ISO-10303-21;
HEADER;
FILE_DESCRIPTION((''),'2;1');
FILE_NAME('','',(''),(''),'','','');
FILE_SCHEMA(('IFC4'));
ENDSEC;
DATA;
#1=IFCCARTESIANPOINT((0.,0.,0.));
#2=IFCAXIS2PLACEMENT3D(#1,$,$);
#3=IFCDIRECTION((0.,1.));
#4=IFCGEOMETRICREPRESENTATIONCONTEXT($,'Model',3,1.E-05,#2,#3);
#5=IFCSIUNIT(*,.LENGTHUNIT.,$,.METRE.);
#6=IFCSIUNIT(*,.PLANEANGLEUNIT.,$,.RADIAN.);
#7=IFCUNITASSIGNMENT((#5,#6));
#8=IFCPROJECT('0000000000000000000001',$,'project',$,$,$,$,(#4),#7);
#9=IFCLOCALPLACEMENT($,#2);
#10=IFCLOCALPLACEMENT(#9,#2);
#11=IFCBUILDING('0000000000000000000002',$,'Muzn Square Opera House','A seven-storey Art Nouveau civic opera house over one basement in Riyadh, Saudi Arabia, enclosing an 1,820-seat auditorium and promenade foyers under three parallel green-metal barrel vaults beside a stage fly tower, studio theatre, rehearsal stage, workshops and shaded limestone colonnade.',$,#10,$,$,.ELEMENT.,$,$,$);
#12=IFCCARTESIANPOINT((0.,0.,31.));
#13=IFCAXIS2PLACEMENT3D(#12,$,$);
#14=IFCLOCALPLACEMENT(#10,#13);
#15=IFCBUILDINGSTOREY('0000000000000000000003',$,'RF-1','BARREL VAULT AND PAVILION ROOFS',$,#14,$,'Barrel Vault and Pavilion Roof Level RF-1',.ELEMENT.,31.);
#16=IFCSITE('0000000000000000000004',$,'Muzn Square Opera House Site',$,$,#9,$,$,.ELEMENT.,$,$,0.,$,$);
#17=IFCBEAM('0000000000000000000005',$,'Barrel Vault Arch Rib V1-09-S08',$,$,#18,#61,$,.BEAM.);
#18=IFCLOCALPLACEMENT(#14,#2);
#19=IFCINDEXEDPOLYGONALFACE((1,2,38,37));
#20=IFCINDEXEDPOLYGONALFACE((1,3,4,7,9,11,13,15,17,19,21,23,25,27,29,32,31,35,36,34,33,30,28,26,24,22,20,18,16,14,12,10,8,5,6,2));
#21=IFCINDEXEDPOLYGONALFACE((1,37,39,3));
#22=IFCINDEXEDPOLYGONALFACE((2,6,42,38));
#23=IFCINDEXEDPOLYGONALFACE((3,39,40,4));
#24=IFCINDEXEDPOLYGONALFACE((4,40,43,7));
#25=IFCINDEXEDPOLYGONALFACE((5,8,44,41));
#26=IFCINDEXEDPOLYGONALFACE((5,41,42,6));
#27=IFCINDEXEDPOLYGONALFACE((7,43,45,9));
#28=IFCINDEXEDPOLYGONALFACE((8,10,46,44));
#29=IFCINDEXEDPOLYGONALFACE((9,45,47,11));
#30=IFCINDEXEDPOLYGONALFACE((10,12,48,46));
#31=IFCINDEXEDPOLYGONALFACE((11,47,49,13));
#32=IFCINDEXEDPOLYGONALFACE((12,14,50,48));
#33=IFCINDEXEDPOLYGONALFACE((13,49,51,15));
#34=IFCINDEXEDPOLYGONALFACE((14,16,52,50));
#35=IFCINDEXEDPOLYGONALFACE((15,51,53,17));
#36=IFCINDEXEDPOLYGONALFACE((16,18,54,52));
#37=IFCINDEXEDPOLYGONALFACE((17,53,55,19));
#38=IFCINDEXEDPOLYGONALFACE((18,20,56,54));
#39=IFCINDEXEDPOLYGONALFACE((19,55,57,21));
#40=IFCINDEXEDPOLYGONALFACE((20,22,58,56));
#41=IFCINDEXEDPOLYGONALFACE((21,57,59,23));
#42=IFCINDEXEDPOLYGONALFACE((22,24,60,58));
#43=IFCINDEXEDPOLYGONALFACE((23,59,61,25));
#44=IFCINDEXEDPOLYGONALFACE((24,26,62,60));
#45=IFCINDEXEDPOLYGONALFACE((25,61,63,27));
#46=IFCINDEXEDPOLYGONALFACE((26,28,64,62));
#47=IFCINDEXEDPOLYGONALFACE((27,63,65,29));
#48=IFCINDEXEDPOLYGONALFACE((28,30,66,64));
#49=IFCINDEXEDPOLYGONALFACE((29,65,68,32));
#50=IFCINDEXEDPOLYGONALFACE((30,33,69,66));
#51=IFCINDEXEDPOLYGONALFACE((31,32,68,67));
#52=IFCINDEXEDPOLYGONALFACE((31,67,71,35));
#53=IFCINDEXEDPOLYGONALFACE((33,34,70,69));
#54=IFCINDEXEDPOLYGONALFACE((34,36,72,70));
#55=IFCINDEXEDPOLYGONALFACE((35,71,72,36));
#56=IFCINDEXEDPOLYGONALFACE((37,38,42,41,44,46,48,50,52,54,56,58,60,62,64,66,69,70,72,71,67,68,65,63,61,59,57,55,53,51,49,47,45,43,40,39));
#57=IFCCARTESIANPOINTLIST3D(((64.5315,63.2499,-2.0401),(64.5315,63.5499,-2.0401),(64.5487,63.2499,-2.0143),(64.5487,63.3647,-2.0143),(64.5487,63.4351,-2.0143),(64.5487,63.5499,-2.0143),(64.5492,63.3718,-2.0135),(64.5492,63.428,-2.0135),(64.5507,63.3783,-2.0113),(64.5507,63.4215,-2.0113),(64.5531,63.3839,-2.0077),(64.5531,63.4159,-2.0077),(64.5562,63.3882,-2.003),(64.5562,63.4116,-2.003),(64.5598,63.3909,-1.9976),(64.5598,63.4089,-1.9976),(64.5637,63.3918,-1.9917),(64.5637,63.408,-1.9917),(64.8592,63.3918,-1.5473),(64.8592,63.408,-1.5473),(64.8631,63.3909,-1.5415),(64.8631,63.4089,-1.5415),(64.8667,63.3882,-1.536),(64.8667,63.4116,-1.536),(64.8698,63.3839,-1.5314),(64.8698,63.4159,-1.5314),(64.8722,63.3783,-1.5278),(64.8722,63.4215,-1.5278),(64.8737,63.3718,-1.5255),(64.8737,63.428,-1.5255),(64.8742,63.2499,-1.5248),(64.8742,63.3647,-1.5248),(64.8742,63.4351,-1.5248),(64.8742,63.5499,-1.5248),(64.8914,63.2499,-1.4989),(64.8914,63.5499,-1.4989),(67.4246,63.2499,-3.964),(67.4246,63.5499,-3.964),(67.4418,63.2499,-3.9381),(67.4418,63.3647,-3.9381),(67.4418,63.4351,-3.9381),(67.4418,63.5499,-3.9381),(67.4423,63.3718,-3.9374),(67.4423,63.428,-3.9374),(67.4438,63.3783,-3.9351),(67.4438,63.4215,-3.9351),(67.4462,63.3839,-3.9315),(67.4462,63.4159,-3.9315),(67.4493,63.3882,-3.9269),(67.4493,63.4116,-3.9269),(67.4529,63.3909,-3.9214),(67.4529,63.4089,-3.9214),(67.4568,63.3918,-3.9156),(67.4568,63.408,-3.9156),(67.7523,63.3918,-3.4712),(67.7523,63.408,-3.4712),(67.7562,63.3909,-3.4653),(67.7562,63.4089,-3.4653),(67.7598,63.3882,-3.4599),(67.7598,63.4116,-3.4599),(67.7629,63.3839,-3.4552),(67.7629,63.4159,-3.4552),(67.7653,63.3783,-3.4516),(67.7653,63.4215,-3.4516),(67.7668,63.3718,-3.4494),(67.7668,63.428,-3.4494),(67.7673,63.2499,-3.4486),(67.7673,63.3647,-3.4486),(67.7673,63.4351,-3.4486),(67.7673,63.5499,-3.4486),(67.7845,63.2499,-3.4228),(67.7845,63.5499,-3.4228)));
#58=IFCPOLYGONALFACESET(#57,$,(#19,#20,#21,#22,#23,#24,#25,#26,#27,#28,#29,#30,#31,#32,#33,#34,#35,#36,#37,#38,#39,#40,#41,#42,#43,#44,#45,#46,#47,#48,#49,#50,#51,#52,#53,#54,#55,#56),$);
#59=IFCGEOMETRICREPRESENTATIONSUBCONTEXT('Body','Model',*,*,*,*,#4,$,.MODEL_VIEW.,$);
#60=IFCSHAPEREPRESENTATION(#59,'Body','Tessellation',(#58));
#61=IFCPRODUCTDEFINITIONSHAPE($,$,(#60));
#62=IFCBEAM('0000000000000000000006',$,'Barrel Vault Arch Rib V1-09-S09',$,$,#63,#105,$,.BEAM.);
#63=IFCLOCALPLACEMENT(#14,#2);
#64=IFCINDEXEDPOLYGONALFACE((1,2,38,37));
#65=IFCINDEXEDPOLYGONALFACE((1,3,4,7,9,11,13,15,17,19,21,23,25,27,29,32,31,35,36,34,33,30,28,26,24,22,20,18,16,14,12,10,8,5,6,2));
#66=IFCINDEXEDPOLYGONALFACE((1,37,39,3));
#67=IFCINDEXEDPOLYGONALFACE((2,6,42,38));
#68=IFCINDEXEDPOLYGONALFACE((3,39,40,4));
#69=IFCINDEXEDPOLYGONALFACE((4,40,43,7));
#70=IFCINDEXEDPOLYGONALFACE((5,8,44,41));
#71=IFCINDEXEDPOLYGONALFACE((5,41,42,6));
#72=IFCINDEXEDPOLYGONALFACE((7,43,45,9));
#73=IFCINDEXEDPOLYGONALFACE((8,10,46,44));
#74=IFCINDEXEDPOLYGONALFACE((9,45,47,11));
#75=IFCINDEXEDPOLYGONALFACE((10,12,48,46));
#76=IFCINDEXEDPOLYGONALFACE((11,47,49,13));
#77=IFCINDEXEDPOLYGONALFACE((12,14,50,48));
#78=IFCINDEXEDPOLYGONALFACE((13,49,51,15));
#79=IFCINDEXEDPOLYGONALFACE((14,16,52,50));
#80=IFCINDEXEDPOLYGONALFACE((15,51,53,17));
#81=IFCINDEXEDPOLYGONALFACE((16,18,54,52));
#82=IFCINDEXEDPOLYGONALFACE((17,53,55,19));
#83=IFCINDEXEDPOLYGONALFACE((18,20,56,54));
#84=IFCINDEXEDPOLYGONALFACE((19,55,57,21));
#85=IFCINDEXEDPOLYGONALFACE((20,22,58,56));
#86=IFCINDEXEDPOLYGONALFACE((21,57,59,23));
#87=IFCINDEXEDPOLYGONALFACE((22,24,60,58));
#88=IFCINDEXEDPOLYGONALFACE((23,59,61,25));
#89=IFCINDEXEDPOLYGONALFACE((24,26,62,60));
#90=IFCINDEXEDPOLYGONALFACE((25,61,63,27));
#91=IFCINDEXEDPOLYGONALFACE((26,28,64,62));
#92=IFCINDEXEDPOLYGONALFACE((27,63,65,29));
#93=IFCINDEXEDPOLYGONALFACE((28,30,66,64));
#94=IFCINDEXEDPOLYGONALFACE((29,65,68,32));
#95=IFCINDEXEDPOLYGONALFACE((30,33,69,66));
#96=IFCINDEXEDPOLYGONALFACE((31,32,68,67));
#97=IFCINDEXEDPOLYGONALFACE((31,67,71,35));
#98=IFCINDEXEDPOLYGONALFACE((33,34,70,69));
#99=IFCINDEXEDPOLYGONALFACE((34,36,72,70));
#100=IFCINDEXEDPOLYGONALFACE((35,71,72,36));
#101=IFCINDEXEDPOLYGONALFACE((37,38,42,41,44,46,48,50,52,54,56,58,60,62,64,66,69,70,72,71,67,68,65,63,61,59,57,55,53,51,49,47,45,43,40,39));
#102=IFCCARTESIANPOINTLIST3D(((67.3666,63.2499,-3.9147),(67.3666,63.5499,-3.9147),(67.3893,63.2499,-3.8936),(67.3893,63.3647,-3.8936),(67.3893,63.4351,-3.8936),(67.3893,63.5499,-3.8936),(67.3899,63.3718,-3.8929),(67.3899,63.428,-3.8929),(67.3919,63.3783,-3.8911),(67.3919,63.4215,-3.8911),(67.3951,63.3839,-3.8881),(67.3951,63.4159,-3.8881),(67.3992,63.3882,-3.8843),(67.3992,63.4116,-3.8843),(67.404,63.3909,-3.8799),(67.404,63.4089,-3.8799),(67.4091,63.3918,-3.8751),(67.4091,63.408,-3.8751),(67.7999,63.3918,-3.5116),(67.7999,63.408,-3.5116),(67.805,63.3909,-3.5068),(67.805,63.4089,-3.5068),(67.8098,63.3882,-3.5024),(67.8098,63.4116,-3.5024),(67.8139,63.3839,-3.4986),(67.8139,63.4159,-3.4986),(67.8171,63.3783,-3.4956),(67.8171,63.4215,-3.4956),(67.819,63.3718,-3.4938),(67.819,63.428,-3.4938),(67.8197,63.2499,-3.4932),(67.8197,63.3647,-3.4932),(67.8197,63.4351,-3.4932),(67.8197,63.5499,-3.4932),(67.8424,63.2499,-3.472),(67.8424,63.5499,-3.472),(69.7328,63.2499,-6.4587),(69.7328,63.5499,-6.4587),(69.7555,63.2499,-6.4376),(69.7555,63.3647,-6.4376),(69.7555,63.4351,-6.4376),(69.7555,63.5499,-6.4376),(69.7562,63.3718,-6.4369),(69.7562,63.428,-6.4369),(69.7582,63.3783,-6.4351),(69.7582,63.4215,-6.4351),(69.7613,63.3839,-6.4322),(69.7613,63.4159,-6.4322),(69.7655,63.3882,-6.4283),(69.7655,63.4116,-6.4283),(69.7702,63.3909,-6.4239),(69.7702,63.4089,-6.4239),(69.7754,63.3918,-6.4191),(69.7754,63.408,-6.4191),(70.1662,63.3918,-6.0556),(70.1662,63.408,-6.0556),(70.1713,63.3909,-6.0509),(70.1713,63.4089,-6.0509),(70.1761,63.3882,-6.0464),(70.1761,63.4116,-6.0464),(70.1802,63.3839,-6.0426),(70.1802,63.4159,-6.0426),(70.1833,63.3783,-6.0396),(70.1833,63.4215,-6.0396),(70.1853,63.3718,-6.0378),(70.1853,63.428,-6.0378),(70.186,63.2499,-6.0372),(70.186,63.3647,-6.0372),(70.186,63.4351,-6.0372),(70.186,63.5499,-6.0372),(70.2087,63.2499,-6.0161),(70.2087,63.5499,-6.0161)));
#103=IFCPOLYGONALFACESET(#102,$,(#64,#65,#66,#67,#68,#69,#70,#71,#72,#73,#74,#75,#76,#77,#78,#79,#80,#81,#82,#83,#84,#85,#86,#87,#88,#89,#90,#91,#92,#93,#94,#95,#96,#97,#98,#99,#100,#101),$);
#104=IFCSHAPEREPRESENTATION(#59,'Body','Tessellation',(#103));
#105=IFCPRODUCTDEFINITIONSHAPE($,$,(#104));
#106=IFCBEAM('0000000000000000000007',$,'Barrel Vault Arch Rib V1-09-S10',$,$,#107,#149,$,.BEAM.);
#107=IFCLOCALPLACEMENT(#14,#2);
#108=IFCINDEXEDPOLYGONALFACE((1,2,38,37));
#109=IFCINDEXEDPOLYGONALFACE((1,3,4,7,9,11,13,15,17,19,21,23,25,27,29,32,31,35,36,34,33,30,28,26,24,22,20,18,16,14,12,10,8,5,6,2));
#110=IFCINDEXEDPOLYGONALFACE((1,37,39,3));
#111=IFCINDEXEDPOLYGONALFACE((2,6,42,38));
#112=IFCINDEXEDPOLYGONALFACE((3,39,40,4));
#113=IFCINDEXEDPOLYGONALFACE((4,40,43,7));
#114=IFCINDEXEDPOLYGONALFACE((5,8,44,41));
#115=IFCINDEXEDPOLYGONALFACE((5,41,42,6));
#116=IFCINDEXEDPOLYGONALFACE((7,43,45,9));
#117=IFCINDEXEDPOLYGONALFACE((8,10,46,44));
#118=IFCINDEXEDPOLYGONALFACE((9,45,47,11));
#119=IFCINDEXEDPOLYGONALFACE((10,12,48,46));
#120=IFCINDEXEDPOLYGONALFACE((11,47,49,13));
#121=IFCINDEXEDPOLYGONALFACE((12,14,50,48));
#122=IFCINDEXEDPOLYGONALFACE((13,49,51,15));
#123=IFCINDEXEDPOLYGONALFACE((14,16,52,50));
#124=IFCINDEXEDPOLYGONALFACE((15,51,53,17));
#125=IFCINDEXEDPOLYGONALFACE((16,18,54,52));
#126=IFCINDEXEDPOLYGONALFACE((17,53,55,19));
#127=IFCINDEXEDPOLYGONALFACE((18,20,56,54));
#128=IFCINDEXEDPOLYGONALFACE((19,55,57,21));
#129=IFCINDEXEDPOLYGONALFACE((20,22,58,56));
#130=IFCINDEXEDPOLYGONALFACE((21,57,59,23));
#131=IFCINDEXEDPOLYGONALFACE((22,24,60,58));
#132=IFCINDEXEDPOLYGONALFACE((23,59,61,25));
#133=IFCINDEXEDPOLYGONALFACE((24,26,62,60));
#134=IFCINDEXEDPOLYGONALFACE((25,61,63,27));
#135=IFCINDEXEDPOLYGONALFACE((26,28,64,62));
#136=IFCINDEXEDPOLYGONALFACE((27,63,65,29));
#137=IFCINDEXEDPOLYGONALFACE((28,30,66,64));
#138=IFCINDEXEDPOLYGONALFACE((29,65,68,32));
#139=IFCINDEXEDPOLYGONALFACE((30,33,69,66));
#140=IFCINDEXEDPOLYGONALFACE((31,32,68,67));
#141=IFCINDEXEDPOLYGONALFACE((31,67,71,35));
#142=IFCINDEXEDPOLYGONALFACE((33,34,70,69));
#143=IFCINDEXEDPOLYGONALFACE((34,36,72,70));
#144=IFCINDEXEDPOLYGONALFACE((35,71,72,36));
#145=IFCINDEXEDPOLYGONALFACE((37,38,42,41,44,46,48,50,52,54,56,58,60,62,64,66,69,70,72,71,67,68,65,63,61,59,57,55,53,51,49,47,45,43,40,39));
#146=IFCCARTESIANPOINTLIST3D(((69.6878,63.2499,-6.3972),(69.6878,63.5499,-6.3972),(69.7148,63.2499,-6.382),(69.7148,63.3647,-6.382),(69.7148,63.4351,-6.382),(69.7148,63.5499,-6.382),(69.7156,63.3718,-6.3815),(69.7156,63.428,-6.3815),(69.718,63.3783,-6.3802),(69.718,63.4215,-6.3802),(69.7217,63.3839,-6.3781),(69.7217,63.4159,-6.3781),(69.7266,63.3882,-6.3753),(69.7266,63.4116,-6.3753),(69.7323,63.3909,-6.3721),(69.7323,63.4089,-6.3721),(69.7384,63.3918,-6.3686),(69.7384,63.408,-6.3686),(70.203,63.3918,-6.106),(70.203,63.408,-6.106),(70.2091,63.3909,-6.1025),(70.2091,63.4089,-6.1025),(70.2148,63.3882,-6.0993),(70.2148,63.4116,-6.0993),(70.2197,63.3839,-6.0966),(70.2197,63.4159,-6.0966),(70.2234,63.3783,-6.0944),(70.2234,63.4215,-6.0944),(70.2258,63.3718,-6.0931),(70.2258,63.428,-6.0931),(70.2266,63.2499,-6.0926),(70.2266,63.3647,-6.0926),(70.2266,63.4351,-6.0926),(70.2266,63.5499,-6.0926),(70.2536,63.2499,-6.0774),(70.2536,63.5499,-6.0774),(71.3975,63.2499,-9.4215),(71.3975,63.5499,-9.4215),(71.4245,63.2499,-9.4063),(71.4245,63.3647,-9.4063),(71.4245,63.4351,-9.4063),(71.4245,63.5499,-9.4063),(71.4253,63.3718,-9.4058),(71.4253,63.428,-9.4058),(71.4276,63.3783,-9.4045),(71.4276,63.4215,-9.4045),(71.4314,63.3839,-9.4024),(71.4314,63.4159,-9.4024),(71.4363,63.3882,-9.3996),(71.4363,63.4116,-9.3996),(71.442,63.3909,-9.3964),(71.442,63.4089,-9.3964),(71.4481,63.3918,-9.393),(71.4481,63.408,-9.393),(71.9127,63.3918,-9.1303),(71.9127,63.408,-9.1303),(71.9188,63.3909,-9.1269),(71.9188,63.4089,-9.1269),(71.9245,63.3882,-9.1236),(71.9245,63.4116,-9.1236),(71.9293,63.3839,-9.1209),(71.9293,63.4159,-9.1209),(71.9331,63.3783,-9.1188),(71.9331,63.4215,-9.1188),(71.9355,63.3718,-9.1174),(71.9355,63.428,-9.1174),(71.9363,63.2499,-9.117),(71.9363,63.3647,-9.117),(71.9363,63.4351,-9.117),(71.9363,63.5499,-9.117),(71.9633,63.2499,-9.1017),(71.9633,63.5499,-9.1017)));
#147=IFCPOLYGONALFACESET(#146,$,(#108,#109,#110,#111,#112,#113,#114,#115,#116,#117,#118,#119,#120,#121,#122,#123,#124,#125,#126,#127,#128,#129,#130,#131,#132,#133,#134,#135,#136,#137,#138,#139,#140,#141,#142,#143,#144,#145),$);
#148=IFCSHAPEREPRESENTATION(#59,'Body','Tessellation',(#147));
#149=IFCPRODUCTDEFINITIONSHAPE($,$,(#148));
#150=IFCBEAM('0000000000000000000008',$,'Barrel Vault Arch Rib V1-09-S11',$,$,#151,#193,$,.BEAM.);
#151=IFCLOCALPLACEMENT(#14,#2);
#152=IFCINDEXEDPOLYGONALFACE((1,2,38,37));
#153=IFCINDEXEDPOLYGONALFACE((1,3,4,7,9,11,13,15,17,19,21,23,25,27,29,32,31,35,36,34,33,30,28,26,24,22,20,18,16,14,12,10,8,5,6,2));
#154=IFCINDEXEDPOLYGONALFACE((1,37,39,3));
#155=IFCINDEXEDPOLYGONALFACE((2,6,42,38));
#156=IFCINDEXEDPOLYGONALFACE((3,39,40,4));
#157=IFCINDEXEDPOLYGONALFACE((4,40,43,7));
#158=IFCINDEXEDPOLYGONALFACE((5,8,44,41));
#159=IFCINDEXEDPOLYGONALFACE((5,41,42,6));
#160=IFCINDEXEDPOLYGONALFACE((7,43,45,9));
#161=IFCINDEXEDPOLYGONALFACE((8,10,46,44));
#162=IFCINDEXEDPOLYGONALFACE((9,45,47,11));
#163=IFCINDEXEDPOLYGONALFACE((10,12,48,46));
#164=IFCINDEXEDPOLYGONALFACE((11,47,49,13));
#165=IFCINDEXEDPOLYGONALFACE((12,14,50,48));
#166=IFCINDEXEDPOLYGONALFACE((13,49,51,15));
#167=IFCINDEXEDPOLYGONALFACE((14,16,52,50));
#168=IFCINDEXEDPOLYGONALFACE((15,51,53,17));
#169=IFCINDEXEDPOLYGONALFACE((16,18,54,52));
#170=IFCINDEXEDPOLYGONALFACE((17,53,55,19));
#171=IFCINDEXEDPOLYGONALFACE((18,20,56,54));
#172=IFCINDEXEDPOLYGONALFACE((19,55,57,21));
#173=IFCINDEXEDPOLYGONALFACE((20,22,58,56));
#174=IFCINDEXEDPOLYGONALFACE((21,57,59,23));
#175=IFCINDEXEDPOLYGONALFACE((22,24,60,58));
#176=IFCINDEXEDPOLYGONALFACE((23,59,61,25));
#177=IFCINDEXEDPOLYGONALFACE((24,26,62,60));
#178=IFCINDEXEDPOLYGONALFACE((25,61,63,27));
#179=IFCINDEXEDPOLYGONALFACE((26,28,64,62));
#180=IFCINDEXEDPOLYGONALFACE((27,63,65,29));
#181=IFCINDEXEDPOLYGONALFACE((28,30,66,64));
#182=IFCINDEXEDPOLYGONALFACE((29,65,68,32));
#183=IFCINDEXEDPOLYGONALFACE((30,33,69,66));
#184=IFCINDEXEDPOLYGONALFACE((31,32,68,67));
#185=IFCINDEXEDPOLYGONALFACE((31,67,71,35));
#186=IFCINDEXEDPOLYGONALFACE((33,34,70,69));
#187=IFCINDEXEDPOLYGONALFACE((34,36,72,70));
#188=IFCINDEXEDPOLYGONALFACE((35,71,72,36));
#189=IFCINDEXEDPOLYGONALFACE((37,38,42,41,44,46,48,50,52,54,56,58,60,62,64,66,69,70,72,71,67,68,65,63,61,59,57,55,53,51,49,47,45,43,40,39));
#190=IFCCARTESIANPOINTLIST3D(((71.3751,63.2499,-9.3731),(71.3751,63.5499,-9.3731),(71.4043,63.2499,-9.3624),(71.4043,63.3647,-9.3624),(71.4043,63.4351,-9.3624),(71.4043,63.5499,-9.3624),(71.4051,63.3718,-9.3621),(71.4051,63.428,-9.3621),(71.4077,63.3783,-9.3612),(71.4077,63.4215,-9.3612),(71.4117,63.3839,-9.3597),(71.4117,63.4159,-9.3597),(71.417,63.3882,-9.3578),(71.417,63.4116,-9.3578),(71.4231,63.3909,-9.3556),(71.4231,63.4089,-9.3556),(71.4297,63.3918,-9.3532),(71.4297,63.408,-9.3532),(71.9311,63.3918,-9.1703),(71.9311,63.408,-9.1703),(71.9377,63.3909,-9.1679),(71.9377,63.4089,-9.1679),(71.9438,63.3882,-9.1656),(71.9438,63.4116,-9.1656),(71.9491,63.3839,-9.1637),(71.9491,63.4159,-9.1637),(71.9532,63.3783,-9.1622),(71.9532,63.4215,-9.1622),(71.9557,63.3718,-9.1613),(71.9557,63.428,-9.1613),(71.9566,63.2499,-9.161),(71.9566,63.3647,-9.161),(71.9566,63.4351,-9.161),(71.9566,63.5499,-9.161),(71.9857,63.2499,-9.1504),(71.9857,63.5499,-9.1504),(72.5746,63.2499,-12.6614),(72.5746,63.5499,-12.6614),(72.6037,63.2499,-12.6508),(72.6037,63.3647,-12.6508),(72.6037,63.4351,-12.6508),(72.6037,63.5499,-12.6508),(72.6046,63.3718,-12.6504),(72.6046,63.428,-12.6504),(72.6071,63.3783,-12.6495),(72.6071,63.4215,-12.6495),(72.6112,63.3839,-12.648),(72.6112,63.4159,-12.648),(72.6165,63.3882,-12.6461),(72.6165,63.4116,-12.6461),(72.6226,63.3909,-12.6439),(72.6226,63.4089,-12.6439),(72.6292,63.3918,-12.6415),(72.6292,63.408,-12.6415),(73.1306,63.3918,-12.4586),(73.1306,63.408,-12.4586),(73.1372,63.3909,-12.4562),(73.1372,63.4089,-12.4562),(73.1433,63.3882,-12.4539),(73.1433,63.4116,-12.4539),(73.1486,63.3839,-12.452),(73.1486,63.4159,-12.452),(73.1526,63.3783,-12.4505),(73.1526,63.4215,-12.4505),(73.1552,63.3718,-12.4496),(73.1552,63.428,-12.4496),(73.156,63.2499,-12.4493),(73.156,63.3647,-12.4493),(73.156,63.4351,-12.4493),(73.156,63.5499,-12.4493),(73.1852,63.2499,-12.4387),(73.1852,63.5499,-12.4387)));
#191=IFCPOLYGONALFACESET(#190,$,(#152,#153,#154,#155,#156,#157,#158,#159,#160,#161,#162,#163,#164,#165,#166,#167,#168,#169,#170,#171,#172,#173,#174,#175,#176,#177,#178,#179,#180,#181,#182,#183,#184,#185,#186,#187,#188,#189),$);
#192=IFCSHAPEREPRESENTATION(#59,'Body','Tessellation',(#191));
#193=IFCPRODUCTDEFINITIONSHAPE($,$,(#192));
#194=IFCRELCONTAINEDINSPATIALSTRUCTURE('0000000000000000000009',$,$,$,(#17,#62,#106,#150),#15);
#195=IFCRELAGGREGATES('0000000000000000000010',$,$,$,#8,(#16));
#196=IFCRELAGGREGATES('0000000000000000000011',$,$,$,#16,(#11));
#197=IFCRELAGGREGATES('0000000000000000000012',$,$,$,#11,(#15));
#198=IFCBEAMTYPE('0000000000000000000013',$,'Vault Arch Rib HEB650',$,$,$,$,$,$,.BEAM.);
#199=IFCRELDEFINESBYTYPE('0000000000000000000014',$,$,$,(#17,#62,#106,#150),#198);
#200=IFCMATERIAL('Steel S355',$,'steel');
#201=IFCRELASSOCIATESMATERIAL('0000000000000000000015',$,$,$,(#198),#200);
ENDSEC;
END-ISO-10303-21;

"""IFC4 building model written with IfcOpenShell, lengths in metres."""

from ifc_helpers import new_model, si_unit, direction, frame, origin, origin_2d, place, context, subcontext, project, spatial, i_section, extrude, material, material_profile, profile_set, type_object, element, save


model = new_model("IFC4")

# Units and contexts
model_context = context("Model", 3, precision=1e-05, world=origin(), true_north=direction((0.0, 1.0)))
body_context = subcontext(model_context, "Body", "Model", "MODEL_VIEW")
ifc_project = project(units=[si_unit("LENGTHUNIT", "METRE"), si_unit("PLANEANGLEUNIT", "RADIAN")], contexts=[model_context])

# Site, building, storey
site_placement = place(None, origin())
site = spatial("IfcSite", under=ifc_project, at=site_placement, Name="Muzn Square Opera House Site", CompositionType="ELEMENT", RefElevation=0.0)
building_placement = place(site_placement, origin())
building = spatial("IfcBuilding", under=site, at=building_placement, Name="Muzn Square Opera House", Description="A seven-storey Art Nouveau civic opera house over one basement in Riyadh, Saudi Arabia, enclosing an 1,820-seat auditorium and promenade foyers under three parallel green-metal barrel vaults beside a stage fly tower, studio theatre, rehearsal stage, workshops and shaded limestone colonnade.", CompositionType="ELEMENT")
storey_placement = place(building_placement, frame((0.0, 0.0, 31.0)))
storey = spatial("IfcBuildingStorey", under=building, at=storey_placement, Name="RF-1", Description="BARREL VAULT AND PAVILION ROOFS", LongName="Barrel Vault and Pavilion Roof Level RF-1", CompositionType="ELEMENT", Elevation=31.0)

# Beams
ifc_material_1 = material(Name="Steel S355", Category="steel")
ifc_material_profile_1 = material_profile(ifc_material_1, i_section(OverallWidth=0.3, OverallDepth=0.6499, WebThickness=0.0161, FlangeThickness=0.031, FilletRadius=0.0271, at=origin_2d()), Name="HEB 650", Category="steel")
ifc_profile_set_1 = profile_set([ifc_material_profile_1], Name="Steel S355")
beam_type_1 = type_object("IfcBeamType", Name="Vault Arch Rib HEB650", PredefinedType="BEAM", material=ifc_profile_set_1)
for number, where, z_axis, x_axis, name in (
    (1, (64.7114, 63.3999, -1.7695), (0.832698, 0.0, -0.553727), (0.0, 1.0, 0.0), "Barrel Vault Arch Rib V1-09-S08"),
    (2, (67.6045, 63.3999, -3.6934), (0.681065, 0.0, -0.732223), (0.0, 1.0, 0.0), "Barrel Vault Arch Rib V1-09-S09"),
):
    element("IfcBeam", number, at=place(storey_placement, frame(where, z_axis=z_axis, x_axis=x_axis)), inside=storey, type_object=beam_type_1, Name=name, PredefinedType="BEAM", context=body_context, shape_type="SweptSolid", body=[
        extrude(i_section(OverallWidth=0.3, OverallDepth=0.6499, WebThickness=0.0161, FlangeThickness=0.031, FilletRadius=0.0271, at=origin_2d()), origin(), (0.0, 0.0, 1.0), 3.4744),
    ])
beam_1_placement = place(storey_placement, frame((69.9707, 63.3999, -6.2373), z_axis=(0.492115, 0.0, -0.87053), x_axis=(0.0, 1.0, 0.0)))
element("IfcBeam", 3, at=beam_1_placement, inside=storey, type_object=beam_type_1, Name="Barrel Vault Arch Rib V1-09-S10", PredefinedType="BEAM", context=body_context, shape_type="SweptSolid", body=[
    extrude(i_section(OverallWidth=0.3, OverallDepth=0.6499, WebThickness=0.0161, FlangeThickness=0.031, FilletRadius=0.0271, at=origin_2d()), origin(), (0.0, 0.0, 1.0), 3.4741),
])
beam_2_placement = place(storey_placement, frame((71.6804, 63.3999, -9.2617), z_axis=(0.342678, 0.0, -0.939453), x_axis=(0.0, 1.0, 0.0)))
element("IfcBeam", 4, at=beam_2_placement, inside=storey, type_object=beam_type_1, Name="Barrel Vault Arch Rib V1-09-S11", PredefinedType="BEAM", context=body_context, shape_type="SweptSolid", body=[
    extrude(i_section(OverallWidth=0.3, OverallDepth=0.6499, WebThickness=0.0161, FlangeThickness=0.031, FilletRadius=0.0271, at=origin_2d()), origin(), (0.0, 0.0, 1.0), 3.5002),
])

save(model, "model.ifc")
